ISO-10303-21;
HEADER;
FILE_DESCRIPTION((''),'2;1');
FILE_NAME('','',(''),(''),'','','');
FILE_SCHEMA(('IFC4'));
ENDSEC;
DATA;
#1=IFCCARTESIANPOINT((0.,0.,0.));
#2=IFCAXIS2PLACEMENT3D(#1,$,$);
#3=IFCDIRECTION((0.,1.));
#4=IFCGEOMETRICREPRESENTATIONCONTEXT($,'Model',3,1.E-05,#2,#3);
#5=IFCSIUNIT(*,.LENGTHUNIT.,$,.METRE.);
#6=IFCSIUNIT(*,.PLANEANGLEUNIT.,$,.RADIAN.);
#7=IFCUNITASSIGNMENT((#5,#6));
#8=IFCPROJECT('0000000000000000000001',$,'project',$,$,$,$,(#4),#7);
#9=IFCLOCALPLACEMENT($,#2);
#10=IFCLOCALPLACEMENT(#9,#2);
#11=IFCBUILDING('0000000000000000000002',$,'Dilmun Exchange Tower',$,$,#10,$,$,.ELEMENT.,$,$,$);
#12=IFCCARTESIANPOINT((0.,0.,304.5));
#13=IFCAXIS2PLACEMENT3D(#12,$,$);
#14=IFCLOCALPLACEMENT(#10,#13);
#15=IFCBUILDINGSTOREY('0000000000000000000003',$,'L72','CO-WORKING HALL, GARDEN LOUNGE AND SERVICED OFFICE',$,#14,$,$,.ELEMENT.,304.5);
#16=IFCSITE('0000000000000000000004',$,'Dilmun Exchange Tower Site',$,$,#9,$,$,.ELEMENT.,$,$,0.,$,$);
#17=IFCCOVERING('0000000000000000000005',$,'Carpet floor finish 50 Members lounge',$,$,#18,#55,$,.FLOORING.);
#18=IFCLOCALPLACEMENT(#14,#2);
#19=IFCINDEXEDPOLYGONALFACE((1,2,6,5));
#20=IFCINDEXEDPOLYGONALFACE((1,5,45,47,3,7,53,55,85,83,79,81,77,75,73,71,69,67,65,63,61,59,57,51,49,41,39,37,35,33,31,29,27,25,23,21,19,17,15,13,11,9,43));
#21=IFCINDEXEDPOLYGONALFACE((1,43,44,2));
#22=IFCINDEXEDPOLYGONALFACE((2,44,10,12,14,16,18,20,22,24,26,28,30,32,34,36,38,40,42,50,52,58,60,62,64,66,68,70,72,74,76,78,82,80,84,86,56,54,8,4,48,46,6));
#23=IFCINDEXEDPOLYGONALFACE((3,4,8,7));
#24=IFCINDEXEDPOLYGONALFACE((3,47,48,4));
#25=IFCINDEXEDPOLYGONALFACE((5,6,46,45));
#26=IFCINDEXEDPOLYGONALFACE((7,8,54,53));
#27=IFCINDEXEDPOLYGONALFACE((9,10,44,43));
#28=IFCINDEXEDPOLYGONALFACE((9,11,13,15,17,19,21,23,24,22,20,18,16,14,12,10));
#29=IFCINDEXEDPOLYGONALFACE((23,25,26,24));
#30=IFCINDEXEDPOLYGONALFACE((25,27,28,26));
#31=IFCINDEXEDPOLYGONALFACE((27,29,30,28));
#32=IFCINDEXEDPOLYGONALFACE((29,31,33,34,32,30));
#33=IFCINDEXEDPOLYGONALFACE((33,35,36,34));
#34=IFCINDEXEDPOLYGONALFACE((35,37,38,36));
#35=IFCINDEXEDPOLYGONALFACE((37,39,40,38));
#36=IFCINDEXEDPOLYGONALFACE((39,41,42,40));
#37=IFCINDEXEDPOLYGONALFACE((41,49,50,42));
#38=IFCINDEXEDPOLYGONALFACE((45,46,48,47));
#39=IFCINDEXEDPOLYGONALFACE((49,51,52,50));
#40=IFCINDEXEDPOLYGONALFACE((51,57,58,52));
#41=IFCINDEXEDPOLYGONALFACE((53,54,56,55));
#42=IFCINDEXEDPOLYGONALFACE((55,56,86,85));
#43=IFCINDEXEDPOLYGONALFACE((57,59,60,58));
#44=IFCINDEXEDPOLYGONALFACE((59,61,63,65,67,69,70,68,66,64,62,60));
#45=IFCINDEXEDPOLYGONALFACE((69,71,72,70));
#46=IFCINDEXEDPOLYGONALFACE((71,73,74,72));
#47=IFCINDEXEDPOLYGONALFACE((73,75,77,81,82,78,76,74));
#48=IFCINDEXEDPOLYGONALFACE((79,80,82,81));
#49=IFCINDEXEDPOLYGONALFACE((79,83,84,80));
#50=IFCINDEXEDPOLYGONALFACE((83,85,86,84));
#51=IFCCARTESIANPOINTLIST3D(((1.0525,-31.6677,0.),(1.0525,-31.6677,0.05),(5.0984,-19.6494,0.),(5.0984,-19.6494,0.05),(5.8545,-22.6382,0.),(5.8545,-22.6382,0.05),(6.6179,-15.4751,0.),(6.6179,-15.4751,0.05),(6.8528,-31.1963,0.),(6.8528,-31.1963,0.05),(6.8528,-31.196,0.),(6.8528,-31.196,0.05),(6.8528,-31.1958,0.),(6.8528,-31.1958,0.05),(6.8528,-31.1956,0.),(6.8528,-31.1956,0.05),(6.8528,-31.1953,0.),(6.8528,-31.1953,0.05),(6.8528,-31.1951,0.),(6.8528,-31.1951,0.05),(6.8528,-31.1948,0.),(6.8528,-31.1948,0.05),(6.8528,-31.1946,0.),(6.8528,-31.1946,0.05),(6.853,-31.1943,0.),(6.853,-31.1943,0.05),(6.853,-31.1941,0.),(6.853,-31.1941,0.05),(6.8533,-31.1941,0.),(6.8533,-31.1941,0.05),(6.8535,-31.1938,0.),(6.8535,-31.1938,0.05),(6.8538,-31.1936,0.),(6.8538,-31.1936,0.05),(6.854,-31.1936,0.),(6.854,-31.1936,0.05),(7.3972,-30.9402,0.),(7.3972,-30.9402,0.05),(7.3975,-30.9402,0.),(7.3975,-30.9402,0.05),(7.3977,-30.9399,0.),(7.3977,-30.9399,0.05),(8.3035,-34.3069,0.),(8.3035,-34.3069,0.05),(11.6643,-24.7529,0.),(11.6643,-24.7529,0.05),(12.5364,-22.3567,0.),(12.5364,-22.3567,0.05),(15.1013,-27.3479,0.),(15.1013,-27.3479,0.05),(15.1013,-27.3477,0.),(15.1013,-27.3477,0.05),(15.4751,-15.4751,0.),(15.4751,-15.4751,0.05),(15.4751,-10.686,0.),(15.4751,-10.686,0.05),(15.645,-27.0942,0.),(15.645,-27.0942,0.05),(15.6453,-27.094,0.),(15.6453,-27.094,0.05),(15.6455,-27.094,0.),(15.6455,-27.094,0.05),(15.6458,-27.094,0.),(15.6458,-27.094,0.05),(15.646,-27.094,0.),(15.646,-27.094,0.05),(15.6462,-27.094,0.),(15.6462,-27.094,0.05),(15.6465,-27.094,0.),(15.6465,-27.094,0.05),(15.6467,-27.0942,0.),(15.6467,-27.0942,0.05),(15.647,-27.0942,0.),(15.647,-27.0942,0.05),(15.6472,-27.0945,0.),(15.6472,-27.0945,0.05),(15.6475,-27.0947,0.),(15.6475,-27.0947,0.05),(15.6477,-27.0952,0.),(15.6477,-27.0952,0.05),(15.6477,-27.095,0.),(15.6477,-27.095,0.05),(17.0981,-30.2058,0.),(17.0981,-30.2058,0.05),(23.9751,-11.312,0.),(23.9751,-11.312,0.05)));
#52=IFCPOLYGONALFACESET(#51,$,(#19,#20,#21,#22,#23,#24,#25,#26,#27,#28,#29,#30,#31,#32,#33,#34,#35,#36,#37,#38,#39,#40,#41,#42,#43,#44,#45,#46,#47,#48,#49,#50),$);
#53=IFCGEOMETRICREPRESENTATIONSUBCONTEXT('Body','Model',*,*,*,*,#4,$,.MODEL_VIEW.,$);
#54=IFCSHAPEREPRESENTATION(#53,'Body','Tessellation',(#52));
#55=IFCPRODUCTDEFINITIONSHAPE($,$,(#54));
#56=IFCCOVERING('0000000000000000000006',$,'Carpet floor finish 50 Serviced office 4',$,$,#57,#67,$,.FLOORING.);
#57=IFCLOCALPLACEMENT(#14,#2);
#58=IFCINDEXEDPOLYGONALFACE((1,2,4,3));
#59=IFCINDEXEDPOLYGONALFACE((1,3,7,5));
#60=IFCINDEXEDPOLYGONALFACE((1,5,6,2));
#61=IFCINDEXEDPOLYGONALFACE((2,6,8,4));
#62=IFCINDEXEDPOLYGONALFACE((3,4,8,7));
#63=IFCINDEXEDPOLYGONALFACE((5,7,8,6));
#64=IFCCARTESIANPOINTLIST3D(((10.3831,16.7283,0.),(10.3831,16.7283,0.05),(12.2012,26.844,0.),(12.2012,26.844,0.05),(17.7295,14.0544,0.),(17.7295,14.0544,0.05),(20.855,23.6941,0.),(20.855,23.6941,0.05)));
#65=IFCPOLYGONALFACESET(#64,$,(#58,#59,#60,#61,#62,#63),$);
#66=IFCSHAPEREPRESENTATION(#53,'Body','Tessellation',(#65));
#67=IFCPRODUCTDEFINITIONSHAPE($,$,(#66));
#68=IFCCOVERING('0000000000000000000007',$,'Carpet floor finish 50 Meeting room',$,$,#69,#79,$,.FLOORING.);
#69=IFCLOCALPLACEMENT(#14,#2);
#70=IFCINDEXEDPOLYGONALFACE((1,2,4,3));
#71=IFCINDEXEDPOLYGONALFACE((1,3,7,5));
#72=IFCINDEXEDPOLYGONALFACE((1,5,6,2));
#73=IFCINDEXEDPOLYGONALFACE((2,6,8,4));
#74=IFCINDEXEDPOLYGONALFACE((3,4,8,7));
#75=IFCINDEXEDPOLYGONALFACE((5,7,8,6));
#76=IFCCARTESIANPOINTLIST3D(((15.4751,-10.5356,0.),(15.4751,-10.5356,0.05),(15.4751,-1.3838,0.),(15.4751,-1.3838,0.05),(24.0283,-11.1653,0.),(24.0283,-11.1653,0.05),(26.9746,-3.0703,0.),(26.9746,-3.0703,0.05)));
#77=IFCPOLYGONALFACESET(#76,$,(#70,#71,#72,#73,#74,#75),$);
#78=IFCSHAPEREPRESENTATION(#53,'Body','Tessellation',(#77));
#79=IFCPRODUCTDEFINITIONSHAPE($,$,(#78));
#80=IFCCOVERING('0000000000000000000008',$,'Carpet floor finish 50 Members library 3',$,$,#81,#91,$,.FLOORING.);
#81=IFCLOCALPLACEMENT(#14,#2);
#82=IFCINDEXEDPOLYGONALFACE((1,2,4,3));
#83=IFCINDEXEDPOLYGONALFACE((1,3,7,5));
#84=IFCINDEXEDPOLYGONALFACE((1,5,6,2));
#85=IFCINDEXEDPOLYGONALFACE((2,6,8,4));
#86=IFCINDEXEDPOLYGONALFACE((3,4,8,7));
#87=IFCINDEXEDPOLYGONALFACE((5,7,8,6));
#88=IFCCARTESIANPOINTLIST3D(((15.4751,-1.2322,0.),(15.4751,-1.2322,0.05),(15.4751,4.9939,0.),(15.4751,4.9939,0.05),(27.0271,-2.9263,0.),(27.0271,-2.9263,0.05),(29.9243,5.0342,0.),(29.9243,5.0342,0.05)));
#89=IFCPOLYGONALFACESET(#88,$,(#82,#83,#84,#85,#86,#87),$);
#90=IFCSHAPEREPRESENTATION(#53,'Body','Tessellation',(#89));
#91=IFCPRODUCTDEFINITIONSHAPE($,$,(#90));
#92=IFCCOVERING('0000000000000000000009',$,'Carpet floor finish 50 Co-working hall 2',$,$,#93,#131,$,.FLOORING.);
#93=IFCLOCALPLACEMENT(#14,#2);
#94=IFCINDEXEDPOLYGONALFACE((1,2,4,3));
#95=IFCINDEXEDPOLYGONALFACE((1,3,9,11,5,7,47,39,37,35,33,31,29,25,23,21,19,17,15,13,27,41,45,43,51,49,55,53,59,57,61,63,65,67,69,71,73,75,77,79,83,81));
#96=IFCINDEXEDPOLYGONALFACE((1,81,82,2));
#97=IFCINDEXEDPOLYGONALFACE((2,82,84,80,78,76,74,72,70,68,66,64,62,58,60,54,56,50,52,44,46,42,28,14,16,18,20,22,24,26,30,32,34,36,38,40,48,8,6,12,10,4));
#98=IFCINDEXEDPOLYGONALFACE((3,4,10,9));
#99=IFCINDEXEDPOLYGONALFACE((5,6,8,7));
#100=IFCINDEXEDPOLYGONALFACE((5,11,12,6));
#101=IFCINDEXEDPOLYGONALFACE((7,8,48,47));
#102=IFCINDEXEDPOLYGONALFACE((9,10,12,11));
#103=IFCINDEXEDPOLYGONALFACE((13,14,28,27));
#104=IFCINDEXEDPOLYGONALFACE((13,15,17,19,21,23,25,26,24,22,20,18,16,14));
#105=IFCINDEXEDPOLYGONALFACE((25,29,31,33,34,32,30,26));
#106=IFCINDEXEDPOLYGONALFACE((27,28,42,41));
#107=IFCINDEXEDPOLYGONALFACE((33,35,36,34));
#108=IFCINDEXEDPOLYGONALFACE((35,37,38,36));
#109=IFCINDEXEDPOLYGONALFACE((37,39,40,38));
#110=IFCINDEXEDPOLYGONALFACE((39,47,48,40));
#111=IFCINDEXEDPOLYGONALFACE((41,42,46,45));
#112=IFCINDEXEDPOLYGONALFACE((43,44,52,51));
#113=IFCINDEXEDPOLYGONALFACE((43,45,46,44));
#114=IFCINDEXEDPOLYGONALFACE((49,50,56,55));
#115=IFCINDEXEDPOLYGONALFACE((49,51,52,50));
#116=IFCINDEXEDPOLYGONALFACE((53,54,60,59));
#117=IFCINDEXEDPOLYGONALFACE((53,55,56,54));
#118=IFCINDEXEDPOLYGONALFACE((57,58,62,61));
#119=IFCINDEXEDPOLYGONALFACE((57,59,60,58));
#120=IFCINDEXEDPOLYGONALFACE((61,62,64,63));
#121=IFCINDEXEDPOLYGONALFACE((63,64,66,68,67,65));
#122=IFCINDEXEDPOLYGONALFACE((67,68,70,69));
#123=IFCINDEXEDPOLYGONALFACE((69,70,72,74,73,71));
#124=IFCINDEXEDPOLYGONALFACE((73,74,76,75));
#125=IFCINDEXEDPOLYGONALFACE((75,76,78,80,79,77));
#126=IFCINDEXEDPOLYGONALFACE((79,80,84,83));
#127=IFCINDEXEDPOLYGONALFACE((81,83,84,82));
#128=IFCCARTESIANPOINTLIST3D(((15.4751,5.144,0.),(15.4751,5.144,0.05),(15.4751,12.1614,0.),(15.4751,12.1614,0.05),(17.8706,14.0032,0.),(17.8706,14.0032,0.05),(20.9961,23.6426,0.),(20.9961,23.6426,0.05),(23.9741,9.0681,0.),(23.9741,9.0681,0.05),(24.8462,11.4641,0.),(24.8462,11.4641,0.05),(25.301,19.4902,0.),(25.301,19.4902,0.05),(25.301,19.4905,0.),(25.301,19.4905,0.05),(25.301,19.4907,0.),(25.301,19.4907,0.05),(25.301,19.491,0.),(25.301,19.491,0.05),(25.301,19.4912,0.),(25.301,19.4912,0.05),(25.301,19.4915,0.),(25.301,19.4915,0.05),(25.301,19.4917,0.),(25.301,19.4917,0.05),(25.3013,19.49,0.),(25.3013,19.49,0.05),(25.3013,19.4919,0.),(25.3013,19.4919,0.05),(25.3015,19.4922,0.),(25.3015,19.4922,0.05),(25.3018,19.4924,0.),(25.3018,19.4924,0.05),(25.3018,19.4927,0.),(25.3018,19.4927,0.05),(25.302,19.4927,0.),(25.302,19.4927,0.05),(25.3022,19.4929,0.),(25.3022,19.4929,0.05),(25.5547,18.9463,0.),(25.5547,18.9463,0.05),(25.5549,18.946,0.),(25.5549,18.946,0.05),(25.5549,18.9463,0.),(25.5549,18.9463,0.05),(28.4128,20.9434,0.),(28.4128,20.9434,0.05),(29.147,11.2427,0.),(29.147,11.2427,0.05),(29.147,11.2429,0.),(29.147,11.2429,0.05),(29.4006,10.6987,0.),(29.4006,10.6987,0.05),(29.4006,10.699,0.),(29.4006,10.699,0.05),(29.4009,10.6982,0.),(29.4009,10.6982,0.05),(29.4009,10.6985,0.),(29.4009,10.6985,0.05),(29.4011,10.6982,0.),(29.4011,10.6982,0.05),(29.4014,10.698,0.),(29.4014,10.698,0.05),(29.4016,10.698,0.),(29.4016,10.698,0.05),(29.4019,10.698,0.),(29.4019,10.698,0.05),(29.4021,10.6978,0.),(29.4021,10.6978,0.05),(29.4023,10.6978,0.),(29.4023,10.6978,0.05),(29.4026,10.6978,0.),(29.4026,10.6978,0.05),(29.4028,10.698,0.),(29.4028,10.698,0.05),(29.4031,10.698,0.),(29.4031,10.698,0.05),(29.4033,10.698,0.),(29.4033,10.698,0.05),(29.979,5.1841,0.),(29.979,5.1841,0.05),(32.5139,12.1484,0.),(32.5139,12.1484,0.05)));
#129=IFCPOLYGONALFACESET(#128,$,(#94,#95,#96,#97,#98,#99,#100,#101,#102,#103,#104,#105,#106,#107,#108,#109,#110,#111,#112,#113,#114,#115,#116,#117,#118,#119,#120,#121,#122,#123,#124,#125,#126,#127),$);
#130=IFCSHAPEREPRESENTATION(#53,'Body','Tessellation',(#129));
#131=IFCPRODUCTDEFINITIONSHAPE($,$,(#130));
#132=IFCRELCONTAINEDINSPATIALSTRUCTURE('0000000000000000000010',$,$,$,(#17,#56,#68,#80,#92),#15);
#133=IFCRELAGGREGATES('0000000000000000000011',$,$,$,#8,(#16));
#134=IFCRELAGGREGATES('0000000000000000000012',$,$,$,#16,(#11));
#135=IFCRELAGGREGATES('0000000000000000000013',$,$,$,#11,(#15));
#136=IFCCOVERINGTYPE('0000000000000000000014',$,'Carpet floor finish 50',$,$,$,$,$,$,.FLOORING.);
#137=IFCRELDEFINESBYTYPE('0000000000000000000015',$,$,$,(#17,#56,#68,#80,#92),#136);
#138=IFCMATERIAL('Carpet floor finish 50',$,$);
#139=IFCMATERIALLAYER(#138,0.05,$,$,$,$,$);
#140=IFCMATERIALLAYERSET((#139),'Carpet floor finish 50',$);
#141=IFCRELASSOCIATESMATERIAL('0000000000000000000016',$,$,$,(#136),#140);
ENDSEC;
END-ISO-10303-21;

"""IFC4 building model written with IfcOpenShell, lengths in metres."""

from ifc_helpers import new_model, si_unit, direction, frame, origin, place, context, subcontext, project, spatial, polyline, outline, extrude, material, layer, layer_set, type_object, element, save


model = new_model("IFC4")

# Units and contexts
model_context = context("Model", 3, precision=1e-05, world=origin(), true_north=direction((0.0, 1.0)))
body_context = subcontext(model_context, "Body", "Model", "MODEL_VIEW")
ifc_project = project(units=[si_unit("LENGTHUNIT", "METRE"), si_unit("PLANEANGLEUNIT", "RADIAN")], contexts=[model_context])

# Site, building, storey
site_placement = place(None, origin())
site = spatial("IfcSite", under=ifc_project, at=site_placement, Name="Dilmun Exchange Tower Site", CompositionType="ELEMENT", RefElevation=0.0)
building_placement = place(site_placement, origin())
building = spatial("IfcBuilding", under=site, at=building_placement, Name="Dilmun Exchange Tower", CompositionType="ELEMENT")
storey_placement = place(building_placement, frame((0.0, 0.0, 304.5)))
storey = spatial("IfcBuildingStorey", under=building, at=storey_placement, Name="L72", Description="CO-WORKING HALL, GARDEN LOUNGE AND SERVICED OFFICE", CompositionType="ELEMENT", Elevation=304.5)

# Coverings
ifc_material_1 = material(Name="Carpet floor finish 50")
ifc_layer_1 = layer(ifc_material_1, 0.05)
ifc_layer_set_1 = layer_set([ifc_layer_1], Name="Carpet floor finish 50")
covering_type = type_object("IfcCoveringType", Name="Carpet floor finish 50", PredefinedType="FLOORING", material=ifc_layer_set_1)
covering_1_placement = place(storey_placement, origin())
element("IfcCovering", 1, at=covering_1_placement, inside=storey, type_object=covering_type, Name="Carpet floor finish 50 Members lounge", PredefinedType="FLOORING", context=body_context, shape_type="SweptSolid", body=[
    extrude(outline(polyline([(5.8545, -22.6382), (11.6643, -24.7529), (12.5364, -22.3567), (5.0984, -19.6494), (6.6179, -15.4751), (15.4751, -15.4751), (15.4751, -10.686), (23.9751, -11.312), (17.0981, -30.2058), (15.6477, -27.0952), (15.6477, -27.095), (15.6475, -27.0947), (15.6475, -27.0947), (15.6472, -27.0945), (15.6472, -27.0945), (15.647, -27.0942), (15.6467, -27.0942), (15.6465, -27.094), (15.6465, -27.094), (15.6462, -27.094), (15.646, -27.094), (15.6458, -27.094), (15.6455, -27.094), (15.6455, -27.094), (15.6453, -27.094), (15.645, -27.0942), (15.1013, -27.3477), (15.1013, -27.3477), (15.1013, -27.3479), (7.3977, -30.9399), (7.3975, -30.9402), (7.3972, -30.9402), (7.3972, -30.9402), (6.854, -31.1936), (6.8538, -31.1936), (6.8535, -31.1938), (6.8535, -31.1938), (6.8533, -31.1941), (6.853, -31.1941), (6.853, -31.1943), (6.8528, -31.1946), (6.8528, -31.1946), (6.8528, -31.1948), (6.8528, -31.1951), (6.8528, -31.1953), (6.8528, -31.1956), (6.8528, -31.1958), (6.8528, -31.1958), (6.8528, -31.196), (6.8528, -31.1963), (8.3035, -34.3069), (1.0525, -31.6677), (5.8545, -22.6382)])), origin(), (0.0, 0.0, 1.0), 0.05),
])
covering_2_placement = place(storey_placement, origin())
element("IfcCovering", 2, at=covering_2_placement, inside=storey, type_object=covering_type, Name="Carpet floor finish 50 Serviced office 4", PredefinedType="FLOORING", context=body_context, shape_type="SweptSolid", body=[
    extrude(outline(polyline([(10.3831, 16.7283), (12.2012, 26.844), (20.855, 23.6941), (17.7295, 14.0544), (10.3831, 16.7283)])), origin(), (0.0, 0.0, 1.0), 0.05),
])
covering_3_placement = place(storey_placement, origin())
element("IfcCovering", 3, at=covering_3_placement, inside=storey, type_object=covering_type, Name="Carpet floor finish 50 Meeting room", PredefinedType="FLOORING", context=body_context, shape_type="SweptSolid", body=[
    extrude(outline(polyline([(15.4751, -1.3838), (26.9746, -3.0703), (24.0283, -11.1653), (15.4751, -10.5356), (15.4751, -1.3838)])), origin(), (0.0, 0.0, 1.0), 0.05),
])
covering_4_placement = place(storey_placement, origin())
element("IfcCovering", 4, at=covering_4_placement, inside=storey, type_object=covering_type, Name="Carpet floor finish 50 Members library 3", PredefinedType="FLOORING", context=body_context, shape_type="SweptSolid", body=[
    extrude(outline(polyline([(29.9243, 5.0342), (27.0271, -2.9263), (15.4751, -1.2322), (15.4751, 4.9939), (29.9243, 5.0342)])), origin(), (0.0, 0.0, 1.0), 0.05),
])
covering_5_placement = place(storey_placement, origin())
element("IfcCovering", 5, at=covering_5_placement, inside=storey, type_object=covering_type, Name="Carpet floor finish 50 Co-working hall 2", PredefinedType="FLOORING", context=body_context, shape_type="SweptSolid", body=[
    extrude(outline(polyline([(15.4751, 5.144), (15.4751, 12.1614), (23.9741, 9.0681), (24.8462, 11.4641), (17.8706, 14.0032), (20.9961, 23.6426), (28.4128, 20.9434), (25.3022, 19.4929), (25.302, 19.4927), (25.3018, 19.4927), (25.3018, 19.4924), (25.3015, 19.4922), (25.3015, 19.4922), (25.3013, 19.4919), (25.3013, 19.4919), (25.301, 19.4917), (25.301, 19.4915), (25.301, 19.4912), (25.301, 19.4912), (25.301, 19.491), (25.301, 19.4907), (25.301, 19.4905), (25.301, 19.4902), (25.3013, 19.49), (25.5547, 18.9463), (25.5549, 18.9463), (25.5549, 18.946), (29.147, 11.2429), (29.147, 11.2427), (29.4006, 10.699), (29.4006, 10.6987), (29.4009, 10.6985), (29.4009, 10.6985), (29.4009, 10.6982), (29.4011, 10.6982), (29.4014, 10.698), (29.4016, 10.698), (29.4016, 10.698), (29.4019, 10.698), (29.4021, 10.6978), (29.4023, 10.6978), (29.4026, 10.6978), (29.4026, 10.6978), (29.4028, 10.698), (29.4031, 10.698), (29.4033, 10.698), (32.5139, 12.1484), (29.979, 5.1841), (15.4751, 5.144)])), origin(), (0.0, 0.0, 1.0), 0.05),
])

save(model, "model.ifc")
